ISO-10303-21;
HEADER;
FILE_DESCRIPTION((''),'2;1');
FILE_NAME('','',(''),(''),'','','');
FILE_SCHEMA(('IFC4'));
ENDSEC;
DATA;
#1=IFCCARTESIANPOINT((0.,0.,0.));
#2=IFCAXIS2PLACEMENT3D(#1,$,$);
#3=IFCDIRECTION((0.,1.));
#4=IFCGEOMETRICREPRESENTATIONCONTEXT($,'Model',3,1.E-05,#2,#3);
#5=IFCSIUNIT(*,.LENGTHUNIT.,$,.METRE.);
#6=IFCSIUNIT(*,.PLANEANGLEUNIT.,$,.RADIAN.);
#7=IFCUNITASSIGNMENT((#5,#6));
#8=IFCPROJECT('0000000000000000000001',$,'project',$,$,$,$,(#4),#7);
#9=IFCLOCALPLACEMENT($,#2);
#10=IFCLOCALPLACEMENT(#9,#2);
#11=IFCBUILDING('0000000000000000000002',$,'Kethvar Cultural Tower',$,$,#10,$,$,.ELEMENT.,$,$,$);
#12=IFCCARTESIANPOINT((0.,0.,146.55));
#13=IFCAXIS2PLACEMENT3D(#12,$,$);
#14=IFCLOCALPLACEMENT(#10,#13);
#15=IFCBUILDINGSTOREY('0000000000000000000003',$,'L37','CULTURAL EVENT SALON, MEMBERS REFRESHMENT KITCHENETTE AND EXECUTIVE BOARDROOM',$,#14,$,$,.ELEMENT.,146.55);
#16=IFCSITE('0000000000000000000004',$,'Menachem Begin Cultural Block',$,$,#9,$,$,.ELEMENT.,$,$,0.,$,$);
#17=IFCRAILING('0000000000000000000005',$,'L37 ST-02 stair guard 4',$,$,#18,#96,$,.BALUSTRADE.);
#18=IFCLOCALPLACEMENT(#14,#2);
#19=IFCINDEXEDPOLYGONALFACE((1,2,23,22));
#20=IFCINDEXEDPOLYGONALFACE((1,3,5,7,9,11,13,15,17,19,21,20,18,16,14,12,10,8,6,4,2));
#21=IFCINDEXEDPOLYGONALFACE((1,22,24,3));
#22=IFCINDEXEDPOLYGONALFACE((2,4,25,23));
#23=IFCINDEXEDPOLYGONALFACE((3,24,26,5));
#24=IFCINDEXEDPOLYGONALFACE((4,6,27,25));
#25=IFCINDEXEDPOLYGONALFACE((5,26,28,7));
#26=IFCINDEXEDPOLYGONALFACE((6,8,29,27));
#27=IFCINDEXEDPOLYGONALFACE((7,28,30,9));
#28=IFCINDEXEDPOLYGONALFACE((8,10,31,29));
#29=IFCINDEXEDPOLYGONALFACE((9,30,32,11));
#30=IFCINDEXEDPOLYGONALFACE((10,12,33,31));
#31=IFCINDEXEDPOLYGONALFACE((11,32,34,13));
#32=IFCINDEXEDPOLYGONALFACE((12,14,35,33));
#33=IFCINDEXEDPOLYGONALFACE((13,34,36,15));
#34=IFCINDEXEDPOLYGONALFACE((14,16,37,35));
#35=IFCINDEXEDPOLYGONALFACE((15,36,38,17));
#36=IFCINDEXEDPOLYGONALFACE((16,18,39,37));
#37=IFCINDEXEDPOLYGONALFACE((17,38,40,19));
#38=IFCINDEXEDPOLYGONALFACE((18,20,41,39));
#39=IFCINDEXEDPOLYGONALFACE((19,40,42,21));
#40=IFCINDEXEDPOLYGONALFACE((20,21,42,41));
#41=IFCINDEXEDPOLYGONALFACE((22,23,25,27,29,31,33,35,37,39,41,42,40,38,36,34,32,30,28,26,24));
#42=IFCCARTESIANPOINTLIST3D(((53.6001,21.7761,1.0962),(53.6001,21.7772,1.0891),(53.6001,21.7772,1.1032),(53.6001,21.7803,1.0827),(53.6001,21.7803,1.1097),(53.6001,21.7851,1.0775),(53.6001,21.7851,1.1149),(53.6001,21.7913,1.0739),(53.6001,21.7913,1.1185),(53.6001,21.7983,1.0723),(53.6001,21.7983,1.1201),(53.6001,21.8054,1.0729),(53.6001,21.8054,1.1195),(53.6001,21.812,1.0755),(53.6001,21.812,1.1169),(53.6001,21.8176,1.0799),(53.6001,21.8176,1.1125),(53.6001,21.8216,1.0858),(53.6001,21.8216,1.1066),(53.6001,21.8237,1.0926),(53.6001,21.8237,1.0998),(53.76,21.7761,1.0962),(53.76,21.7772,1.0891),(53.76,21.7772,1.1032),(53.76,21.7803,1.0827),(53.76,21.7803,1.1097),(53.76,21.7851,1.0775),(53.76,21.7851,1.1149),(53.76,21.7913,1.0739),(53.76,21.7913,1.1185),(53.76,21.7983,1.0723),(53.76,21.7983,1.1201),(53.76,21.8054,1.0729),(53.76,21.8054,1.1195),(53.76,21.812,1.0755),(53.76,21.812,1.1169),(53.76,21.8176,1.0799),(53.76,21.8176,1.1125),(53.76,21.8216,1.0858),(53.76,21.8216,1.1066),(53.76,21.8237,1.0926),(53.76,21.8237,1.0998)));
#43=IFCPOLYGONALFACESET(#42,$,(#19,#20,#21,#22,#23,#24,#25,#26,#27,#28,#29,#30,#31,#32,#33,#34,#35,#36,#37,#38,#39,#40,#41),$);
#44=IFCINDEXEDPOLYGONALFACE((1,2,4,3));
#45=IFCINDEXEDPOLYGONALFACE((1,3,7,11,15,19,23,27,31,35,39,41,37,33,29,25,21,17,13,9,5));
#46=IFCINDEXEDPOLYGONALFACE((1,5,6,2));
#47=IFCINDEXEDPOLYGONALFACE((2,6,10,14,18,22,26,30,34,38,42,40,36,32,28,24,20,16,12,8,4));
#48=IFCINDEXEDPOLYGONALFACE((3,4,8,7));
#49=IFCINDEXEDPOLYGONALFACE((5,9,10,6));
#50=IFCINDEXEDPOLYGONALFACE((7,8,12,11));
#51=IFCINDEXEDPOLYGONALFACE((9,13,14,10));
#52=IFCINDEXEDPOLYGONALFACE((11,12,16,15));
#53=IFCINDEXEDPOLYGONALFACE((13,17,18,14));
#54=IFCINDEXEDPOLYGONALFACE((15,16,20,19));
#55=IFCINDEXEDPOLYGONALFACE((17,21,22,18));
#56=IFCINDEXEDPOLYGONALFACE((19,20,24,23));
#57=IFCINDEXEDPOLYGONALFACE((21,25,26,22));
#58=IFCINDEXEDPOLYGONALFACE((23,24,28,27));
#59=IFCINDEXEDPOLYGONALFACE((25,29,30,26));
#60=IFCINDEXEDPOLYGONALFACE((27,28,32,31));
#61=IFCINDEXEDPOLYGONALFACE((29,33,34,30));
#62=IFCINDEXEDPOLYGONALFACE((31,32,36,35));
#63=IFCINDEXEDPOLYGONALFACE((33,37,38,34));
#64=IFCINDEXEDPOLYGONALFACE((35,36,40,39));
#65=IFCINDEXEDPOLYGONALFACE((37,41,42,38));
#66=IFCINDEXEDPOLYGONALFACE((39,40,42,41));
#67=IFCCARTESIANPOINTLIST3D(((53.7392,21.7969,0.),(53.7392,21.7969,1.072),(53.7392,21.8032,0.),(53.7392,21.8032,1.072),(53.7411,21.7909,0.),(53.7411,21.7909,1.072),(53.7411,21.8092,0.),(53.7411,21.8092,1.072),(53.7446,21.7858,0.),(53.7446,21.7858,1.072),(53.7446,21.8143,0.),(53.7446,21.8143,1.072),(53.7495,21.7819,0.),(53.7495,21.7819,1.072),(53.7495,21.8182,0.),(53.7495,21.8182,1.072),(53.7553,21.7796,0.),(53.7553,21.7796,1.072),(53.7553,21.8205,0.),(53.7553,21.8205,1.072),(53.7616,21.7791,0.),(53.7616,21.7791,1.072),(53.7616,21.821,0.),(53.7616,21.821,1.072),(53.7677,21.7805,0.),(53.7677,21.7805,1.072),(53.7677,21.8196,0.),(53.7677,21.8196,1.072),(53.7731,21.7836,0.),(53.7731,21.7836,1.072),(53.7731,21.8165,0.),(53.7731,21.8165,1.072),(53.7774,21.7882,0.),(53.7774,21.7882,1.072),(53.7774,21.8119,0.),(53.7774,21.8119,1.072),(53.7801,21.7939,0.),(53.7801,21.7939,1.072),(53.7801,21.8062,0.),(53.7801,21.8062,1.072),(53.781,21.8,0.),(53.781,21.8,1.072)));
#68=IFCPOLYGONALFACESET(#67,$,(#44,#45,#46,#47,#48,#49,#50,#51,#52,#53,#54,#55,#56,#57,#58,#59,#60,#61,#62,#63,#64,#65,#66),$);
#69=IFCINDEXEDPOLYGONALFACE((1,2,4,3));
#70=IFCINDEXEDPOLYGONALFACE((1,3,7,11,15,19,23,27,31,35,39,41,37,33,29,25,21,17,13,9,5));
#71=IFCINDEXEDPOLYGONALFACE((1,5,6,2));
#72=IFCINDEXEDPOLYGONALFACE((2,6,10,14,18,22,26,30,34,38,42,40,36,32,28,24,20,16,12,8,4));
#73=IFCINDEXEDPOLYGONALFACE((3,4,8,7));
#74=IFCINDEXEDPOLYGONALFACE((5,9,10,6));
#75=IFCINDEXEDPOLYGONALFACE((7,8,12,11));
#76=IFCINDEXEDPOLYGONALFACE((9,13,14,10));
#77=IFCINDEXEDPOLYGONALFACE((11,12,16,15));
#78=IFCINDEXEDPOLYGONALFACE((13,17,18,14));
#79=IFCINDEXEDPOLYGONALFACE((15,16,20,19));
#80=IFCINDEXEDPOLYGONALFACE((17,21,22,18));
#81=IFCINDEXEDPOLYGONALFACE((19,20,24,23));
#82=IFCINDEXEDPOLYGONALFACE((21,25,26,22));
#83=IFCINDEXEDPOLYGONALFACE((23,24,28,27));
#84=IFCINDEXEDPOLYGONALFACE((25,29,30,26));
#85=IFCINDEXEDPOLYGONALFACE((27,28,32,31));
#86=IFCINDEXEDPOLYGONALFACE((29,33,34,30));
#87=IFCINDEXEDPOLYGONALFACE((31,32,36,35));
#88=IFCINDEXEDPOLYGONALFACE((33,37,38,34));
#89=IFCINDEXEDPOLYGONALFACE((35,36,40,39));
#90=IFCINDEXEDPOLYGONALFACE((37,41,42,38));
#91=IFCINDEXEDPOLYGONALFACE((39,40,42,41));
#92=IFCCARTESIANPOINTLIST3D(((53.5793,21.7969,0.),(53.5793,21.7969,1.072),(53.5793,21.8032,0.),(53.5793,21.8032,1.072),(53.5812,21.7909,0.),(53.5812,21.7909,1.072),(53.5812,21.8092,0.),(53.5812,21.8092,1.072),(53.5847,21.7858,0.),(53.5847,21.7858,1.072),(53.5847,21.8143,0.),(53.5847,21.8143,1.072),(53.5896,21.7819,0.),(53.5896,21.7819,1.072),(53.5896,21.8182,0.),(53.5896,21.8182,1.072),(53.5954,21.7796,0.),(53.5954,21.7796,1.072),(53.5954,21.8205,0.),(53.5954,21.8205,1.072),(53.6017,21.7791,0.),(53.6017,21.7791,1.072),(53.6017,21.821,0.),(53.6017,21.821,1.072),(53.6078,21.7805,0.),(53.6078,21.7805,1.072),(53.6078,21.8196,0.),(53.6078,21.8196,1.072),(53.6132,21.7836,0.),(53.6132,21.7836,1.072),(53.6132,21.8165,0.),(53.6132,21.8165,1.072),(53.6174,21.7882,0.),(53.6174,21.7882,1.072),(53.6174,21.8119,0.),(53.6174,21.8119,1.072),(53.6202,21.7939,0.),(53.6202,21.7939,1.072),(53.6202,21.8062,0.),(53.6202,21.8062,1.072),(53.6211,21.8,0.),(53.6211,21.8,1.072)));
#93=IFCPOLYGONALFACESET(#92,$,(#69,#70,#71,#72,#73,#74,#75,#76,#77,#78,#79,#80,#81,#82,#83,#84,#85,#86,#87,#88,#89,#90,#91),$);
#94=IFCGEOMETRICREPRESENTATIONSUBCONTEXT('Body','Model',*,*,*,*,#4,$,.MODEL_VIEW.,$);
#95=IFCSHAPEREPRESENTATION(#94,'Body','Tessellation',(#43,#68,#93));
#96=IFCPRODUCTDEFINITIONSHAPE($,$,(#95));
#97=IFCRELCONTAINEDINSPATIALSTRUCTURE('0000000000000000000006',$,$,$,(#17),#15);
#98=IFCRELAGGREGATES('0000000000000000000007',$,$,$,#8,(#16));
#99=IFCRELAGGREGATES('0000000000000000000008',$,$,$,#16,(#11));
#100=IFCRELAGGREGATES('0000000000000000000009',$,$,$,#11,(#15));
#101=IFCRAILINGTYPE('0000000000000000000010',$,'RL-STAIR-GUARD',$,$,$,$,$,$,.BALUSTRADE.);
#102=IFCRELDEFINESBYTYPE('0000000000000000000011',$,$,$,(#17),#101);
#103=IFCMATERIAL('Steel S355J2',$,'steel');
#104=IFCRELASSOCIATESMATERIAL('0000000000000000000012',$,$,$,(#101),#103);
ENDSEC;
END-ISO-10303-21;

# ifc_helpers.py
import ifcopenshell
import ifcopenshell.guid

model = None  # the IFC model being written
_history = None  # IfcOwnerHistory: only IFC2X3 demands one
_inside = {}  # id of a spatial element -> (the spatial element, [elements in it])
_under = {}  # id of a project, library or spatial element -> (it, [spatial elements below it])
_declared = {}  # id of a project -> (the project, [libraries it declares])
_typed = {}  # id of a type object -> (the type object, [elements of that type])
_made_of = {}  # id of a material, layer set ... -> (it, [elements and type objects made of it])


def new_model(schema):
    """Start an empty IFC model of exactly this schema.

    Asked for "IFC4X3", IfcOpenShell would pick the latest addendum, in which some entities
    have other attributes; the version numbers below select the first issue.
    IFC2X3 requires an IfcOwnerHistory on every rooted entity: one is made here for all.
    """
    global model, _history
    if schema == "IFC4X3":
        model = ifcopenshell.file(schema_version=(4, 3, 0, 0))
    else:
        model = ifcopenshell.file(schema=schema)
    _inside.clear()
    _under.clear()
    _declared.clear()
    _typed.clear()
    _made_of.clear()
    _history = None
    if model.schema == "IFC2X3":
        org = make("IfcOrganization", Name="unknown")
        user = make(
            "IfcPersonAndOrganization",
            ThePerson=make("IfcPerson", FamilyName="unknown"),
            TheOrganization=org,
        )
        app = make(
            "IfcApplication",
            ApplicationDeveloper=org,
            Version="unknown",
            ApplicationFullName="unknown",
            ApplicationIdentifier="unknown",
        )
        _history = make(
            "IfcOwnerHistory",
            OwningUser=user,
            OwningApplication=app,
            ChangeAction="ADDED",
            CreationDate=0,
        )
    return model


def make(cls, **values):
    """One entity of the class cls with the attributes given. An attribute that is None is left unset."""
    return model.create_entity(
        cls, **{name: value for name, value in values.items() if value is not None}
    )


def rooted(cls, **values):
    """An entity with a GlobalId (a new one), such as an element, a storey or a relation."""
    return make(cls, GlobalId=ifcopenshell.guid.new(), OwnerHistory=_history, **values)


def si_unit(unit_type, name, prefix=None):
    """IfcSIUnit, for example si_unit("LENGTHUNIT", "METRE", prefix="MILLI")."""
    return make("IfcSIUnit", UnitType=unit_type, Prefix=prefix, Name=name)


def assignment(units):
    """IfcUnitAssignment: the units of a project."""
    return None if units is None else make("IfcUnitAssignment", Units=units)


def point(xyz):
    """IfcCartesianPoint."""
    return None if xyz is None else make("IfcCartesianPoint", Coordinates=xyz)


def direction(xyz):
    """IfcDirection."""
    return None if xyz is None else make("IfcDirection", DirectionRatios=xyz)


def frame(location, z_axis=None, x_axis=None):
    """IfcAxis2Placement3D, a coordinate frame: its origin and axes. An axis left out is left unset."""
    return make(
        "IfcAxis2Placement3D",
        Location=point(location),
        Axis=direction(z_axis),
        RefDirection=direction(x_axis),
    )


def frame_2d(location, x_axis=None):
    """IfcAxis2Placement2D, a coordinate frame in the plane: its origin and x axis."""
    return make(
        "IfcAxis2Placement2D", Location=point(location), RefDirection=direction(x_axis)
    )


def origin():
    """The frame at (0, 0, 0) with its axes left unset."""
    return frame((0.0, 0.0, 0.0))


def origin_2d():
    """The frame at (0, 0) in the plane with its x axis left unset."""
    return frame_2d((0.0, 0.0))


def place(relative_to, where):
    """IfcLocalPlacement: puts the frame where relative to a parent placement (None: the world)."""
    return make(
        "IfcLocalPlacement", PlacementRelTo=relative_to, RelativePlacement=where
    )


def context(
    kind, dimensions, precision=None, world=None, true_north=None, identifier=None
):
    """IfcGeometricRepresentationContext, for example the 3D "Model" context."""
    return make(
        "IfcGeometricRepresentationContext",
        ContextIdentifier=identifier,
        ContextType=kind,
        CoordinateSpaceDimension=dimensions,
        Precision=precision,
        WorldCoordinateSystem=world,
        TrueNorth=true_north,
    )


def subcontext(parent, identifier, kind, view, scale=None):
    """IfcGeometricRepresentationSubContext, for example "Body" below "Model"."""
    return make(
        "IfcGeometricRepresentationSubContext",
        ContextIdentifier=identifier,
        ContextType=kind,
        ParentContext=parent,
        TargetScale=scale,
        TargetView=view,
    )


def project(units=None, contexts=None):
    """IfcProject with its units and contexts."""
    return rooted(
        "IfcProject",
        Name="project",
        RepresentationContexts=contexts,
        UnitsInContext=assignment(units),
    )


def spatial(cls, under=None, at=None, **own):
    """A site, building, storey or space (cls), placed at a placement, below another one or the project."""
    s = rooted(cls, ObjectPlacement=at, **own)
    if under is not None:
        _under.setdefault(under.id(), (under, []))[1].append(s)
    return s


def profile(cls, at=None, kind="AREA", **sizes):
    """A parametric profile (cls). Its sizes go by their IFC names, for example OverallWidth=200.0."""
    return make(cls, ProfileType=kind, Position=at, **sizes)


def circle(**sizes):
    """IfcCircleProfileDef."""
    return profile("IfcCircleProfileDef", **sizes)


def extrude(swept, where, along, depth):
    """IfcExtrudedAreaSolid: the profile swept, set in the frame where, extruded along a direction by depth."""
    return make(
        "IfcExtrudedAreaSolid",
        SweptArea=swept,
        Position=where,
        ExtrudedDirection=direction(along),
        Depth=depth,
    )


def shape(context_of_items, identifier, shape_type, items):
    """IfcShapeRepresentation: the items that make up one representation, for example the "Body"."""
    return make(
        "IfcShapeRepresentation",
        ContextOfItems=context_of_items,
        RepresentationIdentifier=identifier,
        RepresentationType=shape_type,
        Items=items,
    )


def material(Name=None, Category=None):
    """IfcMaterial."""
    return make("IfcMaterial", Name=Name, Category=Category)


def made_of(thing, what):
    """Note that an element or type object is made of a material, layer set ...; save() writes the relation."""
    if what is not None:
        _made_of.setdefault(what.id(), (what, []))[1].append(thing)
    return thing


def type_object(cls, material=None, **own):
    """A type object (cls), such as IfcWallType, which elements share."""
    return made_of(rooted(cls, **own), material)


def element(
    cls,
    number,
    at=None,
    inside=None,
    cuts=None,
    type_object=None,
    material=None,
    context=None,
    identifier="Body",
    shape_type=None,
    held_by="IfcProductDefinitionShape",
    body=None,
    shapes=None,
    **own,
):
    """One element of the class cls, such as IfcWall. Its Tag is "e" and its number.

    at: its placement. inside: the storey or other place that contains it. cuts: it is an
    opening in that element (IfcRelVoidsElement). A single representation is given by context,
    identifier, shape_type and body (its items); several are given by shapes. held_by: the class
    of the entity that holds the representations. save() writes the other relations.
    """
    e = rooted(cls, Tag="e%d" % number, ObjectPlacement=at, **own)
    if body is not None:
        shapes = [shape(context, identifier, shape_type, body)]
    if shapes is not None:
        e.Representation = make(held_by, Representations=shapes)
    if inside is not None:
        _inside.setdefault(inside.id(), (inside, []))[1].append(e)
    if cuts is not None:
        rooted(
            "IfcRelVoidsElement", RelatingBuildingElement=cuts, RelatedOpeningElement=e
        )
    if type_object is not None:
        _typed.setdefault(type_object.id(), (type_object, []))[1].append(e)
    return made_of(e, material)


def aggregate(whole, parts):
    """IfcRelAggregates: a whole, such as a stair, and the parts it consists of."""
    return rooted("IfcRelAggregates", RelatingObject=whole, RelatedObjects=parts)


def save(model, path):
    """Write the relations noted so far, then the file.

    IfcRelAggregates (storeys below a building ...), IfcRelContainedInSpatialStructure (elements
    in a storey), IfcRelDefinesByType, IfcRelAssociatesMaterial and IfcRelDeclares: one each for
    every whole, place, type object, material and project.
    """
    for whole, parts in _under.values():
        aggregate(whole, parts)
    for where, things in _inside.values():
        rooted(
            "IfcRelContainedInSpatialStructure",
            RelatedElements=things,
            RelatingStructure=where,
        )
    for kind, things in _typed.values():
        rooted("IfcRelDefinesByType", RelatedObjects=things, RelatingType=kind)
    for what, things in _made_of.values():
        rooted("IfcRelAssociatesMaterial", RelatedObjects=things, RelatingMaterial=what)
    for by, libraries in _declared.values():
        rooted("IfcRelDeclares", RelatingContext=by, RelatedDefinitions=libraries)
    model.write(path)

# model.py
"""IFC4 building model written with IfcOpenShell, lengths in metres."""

from ifc_helpers import new_model, si_unit, direction, frame, origin, origin_2d, place, context, subcontext, project, spatial, circle, extrude, material, type_object, element, save


model = new_model("IFC4")

# Units and contexts
model_context = context("Model", 3, precision=1e-05, world=origin(), true_north=direction((0.0, 1.0)))
body_context = subcontext(model_context, "Body", "Model", "MODEL_VIEW")
ifc_project = project(units=[si_unit("LENGTHUNIT", "METRE"), si_unit("PLANEANGLEUNIT", "RADIAN")], contexts=[model_context])

# Site, building, storey
site_placement = place(None, origin())
site = spatial("IfcSite", under=ifc_project, at=site_placement, Name="Menachem Begin Cultural Block", CompositionType="ELEMENT", RefElevation=0.0)
building_placement = place(site_placement, origin())
building = spatial("IfcBuilding", under=site, at=building_placement, Name="Kethvar Cultural Tower", CompositionType="ELEMENT")
storey_placement = place(building_placement, frame((0.0, 0.0, 146.55)))
storey = spatial("IfcBuildingStorey", under=building, at=storey_placement, Name="L37", Description="CULTURAL EVENT SALON, MEMBERS REFRESHMENT KITCHENETTE AND EXECUTIVE BOARDROOM", CompositionType="ELEMENT", Elevation=146.55)

# Shared definitions
ifc_material_1 = material(Name="Steel S355J2", Category="steel")

# Railing
railing_type_1 = type_object("IfcRailingType", Name="RL-STAIR-GUARD", PredefinedType="BALUSTRADE", material=ifc_material_1)
railing_1_placement = place(storey_placement, frame((53.76, 21.8, 0.0)))
element("IfcRailing", 1, at=railing_1_placement, inside=storey, type_object=railing_type_1, Name="L37 ST-02 stair guard 4", PredefinedType="BALUSTRADE", context=body_context, shape_type="SweptSolid", body=[
    extrude(circle(Radius=0.0239, at=origin_2d()), frame((0.0, 0.0, 1.0962), z_axis=(-1.0, 0.0, 0.0), x_axis=(0.0, -1.0, 0.0)), (0.0, 0.0, 1.0), 0.1599),
    extrude(circle(Radius=0.021, at=origin_2d()), origin(), (0.0, 0.0, 1.0), 1.072),
    extrude(circle(Radius=0.021, at=origin_2d()), frame((-0.1599, 0.0, 0.0)), (0.0, 0.0, 1.0), 1.072),
])

save(model, "model.ifc")
